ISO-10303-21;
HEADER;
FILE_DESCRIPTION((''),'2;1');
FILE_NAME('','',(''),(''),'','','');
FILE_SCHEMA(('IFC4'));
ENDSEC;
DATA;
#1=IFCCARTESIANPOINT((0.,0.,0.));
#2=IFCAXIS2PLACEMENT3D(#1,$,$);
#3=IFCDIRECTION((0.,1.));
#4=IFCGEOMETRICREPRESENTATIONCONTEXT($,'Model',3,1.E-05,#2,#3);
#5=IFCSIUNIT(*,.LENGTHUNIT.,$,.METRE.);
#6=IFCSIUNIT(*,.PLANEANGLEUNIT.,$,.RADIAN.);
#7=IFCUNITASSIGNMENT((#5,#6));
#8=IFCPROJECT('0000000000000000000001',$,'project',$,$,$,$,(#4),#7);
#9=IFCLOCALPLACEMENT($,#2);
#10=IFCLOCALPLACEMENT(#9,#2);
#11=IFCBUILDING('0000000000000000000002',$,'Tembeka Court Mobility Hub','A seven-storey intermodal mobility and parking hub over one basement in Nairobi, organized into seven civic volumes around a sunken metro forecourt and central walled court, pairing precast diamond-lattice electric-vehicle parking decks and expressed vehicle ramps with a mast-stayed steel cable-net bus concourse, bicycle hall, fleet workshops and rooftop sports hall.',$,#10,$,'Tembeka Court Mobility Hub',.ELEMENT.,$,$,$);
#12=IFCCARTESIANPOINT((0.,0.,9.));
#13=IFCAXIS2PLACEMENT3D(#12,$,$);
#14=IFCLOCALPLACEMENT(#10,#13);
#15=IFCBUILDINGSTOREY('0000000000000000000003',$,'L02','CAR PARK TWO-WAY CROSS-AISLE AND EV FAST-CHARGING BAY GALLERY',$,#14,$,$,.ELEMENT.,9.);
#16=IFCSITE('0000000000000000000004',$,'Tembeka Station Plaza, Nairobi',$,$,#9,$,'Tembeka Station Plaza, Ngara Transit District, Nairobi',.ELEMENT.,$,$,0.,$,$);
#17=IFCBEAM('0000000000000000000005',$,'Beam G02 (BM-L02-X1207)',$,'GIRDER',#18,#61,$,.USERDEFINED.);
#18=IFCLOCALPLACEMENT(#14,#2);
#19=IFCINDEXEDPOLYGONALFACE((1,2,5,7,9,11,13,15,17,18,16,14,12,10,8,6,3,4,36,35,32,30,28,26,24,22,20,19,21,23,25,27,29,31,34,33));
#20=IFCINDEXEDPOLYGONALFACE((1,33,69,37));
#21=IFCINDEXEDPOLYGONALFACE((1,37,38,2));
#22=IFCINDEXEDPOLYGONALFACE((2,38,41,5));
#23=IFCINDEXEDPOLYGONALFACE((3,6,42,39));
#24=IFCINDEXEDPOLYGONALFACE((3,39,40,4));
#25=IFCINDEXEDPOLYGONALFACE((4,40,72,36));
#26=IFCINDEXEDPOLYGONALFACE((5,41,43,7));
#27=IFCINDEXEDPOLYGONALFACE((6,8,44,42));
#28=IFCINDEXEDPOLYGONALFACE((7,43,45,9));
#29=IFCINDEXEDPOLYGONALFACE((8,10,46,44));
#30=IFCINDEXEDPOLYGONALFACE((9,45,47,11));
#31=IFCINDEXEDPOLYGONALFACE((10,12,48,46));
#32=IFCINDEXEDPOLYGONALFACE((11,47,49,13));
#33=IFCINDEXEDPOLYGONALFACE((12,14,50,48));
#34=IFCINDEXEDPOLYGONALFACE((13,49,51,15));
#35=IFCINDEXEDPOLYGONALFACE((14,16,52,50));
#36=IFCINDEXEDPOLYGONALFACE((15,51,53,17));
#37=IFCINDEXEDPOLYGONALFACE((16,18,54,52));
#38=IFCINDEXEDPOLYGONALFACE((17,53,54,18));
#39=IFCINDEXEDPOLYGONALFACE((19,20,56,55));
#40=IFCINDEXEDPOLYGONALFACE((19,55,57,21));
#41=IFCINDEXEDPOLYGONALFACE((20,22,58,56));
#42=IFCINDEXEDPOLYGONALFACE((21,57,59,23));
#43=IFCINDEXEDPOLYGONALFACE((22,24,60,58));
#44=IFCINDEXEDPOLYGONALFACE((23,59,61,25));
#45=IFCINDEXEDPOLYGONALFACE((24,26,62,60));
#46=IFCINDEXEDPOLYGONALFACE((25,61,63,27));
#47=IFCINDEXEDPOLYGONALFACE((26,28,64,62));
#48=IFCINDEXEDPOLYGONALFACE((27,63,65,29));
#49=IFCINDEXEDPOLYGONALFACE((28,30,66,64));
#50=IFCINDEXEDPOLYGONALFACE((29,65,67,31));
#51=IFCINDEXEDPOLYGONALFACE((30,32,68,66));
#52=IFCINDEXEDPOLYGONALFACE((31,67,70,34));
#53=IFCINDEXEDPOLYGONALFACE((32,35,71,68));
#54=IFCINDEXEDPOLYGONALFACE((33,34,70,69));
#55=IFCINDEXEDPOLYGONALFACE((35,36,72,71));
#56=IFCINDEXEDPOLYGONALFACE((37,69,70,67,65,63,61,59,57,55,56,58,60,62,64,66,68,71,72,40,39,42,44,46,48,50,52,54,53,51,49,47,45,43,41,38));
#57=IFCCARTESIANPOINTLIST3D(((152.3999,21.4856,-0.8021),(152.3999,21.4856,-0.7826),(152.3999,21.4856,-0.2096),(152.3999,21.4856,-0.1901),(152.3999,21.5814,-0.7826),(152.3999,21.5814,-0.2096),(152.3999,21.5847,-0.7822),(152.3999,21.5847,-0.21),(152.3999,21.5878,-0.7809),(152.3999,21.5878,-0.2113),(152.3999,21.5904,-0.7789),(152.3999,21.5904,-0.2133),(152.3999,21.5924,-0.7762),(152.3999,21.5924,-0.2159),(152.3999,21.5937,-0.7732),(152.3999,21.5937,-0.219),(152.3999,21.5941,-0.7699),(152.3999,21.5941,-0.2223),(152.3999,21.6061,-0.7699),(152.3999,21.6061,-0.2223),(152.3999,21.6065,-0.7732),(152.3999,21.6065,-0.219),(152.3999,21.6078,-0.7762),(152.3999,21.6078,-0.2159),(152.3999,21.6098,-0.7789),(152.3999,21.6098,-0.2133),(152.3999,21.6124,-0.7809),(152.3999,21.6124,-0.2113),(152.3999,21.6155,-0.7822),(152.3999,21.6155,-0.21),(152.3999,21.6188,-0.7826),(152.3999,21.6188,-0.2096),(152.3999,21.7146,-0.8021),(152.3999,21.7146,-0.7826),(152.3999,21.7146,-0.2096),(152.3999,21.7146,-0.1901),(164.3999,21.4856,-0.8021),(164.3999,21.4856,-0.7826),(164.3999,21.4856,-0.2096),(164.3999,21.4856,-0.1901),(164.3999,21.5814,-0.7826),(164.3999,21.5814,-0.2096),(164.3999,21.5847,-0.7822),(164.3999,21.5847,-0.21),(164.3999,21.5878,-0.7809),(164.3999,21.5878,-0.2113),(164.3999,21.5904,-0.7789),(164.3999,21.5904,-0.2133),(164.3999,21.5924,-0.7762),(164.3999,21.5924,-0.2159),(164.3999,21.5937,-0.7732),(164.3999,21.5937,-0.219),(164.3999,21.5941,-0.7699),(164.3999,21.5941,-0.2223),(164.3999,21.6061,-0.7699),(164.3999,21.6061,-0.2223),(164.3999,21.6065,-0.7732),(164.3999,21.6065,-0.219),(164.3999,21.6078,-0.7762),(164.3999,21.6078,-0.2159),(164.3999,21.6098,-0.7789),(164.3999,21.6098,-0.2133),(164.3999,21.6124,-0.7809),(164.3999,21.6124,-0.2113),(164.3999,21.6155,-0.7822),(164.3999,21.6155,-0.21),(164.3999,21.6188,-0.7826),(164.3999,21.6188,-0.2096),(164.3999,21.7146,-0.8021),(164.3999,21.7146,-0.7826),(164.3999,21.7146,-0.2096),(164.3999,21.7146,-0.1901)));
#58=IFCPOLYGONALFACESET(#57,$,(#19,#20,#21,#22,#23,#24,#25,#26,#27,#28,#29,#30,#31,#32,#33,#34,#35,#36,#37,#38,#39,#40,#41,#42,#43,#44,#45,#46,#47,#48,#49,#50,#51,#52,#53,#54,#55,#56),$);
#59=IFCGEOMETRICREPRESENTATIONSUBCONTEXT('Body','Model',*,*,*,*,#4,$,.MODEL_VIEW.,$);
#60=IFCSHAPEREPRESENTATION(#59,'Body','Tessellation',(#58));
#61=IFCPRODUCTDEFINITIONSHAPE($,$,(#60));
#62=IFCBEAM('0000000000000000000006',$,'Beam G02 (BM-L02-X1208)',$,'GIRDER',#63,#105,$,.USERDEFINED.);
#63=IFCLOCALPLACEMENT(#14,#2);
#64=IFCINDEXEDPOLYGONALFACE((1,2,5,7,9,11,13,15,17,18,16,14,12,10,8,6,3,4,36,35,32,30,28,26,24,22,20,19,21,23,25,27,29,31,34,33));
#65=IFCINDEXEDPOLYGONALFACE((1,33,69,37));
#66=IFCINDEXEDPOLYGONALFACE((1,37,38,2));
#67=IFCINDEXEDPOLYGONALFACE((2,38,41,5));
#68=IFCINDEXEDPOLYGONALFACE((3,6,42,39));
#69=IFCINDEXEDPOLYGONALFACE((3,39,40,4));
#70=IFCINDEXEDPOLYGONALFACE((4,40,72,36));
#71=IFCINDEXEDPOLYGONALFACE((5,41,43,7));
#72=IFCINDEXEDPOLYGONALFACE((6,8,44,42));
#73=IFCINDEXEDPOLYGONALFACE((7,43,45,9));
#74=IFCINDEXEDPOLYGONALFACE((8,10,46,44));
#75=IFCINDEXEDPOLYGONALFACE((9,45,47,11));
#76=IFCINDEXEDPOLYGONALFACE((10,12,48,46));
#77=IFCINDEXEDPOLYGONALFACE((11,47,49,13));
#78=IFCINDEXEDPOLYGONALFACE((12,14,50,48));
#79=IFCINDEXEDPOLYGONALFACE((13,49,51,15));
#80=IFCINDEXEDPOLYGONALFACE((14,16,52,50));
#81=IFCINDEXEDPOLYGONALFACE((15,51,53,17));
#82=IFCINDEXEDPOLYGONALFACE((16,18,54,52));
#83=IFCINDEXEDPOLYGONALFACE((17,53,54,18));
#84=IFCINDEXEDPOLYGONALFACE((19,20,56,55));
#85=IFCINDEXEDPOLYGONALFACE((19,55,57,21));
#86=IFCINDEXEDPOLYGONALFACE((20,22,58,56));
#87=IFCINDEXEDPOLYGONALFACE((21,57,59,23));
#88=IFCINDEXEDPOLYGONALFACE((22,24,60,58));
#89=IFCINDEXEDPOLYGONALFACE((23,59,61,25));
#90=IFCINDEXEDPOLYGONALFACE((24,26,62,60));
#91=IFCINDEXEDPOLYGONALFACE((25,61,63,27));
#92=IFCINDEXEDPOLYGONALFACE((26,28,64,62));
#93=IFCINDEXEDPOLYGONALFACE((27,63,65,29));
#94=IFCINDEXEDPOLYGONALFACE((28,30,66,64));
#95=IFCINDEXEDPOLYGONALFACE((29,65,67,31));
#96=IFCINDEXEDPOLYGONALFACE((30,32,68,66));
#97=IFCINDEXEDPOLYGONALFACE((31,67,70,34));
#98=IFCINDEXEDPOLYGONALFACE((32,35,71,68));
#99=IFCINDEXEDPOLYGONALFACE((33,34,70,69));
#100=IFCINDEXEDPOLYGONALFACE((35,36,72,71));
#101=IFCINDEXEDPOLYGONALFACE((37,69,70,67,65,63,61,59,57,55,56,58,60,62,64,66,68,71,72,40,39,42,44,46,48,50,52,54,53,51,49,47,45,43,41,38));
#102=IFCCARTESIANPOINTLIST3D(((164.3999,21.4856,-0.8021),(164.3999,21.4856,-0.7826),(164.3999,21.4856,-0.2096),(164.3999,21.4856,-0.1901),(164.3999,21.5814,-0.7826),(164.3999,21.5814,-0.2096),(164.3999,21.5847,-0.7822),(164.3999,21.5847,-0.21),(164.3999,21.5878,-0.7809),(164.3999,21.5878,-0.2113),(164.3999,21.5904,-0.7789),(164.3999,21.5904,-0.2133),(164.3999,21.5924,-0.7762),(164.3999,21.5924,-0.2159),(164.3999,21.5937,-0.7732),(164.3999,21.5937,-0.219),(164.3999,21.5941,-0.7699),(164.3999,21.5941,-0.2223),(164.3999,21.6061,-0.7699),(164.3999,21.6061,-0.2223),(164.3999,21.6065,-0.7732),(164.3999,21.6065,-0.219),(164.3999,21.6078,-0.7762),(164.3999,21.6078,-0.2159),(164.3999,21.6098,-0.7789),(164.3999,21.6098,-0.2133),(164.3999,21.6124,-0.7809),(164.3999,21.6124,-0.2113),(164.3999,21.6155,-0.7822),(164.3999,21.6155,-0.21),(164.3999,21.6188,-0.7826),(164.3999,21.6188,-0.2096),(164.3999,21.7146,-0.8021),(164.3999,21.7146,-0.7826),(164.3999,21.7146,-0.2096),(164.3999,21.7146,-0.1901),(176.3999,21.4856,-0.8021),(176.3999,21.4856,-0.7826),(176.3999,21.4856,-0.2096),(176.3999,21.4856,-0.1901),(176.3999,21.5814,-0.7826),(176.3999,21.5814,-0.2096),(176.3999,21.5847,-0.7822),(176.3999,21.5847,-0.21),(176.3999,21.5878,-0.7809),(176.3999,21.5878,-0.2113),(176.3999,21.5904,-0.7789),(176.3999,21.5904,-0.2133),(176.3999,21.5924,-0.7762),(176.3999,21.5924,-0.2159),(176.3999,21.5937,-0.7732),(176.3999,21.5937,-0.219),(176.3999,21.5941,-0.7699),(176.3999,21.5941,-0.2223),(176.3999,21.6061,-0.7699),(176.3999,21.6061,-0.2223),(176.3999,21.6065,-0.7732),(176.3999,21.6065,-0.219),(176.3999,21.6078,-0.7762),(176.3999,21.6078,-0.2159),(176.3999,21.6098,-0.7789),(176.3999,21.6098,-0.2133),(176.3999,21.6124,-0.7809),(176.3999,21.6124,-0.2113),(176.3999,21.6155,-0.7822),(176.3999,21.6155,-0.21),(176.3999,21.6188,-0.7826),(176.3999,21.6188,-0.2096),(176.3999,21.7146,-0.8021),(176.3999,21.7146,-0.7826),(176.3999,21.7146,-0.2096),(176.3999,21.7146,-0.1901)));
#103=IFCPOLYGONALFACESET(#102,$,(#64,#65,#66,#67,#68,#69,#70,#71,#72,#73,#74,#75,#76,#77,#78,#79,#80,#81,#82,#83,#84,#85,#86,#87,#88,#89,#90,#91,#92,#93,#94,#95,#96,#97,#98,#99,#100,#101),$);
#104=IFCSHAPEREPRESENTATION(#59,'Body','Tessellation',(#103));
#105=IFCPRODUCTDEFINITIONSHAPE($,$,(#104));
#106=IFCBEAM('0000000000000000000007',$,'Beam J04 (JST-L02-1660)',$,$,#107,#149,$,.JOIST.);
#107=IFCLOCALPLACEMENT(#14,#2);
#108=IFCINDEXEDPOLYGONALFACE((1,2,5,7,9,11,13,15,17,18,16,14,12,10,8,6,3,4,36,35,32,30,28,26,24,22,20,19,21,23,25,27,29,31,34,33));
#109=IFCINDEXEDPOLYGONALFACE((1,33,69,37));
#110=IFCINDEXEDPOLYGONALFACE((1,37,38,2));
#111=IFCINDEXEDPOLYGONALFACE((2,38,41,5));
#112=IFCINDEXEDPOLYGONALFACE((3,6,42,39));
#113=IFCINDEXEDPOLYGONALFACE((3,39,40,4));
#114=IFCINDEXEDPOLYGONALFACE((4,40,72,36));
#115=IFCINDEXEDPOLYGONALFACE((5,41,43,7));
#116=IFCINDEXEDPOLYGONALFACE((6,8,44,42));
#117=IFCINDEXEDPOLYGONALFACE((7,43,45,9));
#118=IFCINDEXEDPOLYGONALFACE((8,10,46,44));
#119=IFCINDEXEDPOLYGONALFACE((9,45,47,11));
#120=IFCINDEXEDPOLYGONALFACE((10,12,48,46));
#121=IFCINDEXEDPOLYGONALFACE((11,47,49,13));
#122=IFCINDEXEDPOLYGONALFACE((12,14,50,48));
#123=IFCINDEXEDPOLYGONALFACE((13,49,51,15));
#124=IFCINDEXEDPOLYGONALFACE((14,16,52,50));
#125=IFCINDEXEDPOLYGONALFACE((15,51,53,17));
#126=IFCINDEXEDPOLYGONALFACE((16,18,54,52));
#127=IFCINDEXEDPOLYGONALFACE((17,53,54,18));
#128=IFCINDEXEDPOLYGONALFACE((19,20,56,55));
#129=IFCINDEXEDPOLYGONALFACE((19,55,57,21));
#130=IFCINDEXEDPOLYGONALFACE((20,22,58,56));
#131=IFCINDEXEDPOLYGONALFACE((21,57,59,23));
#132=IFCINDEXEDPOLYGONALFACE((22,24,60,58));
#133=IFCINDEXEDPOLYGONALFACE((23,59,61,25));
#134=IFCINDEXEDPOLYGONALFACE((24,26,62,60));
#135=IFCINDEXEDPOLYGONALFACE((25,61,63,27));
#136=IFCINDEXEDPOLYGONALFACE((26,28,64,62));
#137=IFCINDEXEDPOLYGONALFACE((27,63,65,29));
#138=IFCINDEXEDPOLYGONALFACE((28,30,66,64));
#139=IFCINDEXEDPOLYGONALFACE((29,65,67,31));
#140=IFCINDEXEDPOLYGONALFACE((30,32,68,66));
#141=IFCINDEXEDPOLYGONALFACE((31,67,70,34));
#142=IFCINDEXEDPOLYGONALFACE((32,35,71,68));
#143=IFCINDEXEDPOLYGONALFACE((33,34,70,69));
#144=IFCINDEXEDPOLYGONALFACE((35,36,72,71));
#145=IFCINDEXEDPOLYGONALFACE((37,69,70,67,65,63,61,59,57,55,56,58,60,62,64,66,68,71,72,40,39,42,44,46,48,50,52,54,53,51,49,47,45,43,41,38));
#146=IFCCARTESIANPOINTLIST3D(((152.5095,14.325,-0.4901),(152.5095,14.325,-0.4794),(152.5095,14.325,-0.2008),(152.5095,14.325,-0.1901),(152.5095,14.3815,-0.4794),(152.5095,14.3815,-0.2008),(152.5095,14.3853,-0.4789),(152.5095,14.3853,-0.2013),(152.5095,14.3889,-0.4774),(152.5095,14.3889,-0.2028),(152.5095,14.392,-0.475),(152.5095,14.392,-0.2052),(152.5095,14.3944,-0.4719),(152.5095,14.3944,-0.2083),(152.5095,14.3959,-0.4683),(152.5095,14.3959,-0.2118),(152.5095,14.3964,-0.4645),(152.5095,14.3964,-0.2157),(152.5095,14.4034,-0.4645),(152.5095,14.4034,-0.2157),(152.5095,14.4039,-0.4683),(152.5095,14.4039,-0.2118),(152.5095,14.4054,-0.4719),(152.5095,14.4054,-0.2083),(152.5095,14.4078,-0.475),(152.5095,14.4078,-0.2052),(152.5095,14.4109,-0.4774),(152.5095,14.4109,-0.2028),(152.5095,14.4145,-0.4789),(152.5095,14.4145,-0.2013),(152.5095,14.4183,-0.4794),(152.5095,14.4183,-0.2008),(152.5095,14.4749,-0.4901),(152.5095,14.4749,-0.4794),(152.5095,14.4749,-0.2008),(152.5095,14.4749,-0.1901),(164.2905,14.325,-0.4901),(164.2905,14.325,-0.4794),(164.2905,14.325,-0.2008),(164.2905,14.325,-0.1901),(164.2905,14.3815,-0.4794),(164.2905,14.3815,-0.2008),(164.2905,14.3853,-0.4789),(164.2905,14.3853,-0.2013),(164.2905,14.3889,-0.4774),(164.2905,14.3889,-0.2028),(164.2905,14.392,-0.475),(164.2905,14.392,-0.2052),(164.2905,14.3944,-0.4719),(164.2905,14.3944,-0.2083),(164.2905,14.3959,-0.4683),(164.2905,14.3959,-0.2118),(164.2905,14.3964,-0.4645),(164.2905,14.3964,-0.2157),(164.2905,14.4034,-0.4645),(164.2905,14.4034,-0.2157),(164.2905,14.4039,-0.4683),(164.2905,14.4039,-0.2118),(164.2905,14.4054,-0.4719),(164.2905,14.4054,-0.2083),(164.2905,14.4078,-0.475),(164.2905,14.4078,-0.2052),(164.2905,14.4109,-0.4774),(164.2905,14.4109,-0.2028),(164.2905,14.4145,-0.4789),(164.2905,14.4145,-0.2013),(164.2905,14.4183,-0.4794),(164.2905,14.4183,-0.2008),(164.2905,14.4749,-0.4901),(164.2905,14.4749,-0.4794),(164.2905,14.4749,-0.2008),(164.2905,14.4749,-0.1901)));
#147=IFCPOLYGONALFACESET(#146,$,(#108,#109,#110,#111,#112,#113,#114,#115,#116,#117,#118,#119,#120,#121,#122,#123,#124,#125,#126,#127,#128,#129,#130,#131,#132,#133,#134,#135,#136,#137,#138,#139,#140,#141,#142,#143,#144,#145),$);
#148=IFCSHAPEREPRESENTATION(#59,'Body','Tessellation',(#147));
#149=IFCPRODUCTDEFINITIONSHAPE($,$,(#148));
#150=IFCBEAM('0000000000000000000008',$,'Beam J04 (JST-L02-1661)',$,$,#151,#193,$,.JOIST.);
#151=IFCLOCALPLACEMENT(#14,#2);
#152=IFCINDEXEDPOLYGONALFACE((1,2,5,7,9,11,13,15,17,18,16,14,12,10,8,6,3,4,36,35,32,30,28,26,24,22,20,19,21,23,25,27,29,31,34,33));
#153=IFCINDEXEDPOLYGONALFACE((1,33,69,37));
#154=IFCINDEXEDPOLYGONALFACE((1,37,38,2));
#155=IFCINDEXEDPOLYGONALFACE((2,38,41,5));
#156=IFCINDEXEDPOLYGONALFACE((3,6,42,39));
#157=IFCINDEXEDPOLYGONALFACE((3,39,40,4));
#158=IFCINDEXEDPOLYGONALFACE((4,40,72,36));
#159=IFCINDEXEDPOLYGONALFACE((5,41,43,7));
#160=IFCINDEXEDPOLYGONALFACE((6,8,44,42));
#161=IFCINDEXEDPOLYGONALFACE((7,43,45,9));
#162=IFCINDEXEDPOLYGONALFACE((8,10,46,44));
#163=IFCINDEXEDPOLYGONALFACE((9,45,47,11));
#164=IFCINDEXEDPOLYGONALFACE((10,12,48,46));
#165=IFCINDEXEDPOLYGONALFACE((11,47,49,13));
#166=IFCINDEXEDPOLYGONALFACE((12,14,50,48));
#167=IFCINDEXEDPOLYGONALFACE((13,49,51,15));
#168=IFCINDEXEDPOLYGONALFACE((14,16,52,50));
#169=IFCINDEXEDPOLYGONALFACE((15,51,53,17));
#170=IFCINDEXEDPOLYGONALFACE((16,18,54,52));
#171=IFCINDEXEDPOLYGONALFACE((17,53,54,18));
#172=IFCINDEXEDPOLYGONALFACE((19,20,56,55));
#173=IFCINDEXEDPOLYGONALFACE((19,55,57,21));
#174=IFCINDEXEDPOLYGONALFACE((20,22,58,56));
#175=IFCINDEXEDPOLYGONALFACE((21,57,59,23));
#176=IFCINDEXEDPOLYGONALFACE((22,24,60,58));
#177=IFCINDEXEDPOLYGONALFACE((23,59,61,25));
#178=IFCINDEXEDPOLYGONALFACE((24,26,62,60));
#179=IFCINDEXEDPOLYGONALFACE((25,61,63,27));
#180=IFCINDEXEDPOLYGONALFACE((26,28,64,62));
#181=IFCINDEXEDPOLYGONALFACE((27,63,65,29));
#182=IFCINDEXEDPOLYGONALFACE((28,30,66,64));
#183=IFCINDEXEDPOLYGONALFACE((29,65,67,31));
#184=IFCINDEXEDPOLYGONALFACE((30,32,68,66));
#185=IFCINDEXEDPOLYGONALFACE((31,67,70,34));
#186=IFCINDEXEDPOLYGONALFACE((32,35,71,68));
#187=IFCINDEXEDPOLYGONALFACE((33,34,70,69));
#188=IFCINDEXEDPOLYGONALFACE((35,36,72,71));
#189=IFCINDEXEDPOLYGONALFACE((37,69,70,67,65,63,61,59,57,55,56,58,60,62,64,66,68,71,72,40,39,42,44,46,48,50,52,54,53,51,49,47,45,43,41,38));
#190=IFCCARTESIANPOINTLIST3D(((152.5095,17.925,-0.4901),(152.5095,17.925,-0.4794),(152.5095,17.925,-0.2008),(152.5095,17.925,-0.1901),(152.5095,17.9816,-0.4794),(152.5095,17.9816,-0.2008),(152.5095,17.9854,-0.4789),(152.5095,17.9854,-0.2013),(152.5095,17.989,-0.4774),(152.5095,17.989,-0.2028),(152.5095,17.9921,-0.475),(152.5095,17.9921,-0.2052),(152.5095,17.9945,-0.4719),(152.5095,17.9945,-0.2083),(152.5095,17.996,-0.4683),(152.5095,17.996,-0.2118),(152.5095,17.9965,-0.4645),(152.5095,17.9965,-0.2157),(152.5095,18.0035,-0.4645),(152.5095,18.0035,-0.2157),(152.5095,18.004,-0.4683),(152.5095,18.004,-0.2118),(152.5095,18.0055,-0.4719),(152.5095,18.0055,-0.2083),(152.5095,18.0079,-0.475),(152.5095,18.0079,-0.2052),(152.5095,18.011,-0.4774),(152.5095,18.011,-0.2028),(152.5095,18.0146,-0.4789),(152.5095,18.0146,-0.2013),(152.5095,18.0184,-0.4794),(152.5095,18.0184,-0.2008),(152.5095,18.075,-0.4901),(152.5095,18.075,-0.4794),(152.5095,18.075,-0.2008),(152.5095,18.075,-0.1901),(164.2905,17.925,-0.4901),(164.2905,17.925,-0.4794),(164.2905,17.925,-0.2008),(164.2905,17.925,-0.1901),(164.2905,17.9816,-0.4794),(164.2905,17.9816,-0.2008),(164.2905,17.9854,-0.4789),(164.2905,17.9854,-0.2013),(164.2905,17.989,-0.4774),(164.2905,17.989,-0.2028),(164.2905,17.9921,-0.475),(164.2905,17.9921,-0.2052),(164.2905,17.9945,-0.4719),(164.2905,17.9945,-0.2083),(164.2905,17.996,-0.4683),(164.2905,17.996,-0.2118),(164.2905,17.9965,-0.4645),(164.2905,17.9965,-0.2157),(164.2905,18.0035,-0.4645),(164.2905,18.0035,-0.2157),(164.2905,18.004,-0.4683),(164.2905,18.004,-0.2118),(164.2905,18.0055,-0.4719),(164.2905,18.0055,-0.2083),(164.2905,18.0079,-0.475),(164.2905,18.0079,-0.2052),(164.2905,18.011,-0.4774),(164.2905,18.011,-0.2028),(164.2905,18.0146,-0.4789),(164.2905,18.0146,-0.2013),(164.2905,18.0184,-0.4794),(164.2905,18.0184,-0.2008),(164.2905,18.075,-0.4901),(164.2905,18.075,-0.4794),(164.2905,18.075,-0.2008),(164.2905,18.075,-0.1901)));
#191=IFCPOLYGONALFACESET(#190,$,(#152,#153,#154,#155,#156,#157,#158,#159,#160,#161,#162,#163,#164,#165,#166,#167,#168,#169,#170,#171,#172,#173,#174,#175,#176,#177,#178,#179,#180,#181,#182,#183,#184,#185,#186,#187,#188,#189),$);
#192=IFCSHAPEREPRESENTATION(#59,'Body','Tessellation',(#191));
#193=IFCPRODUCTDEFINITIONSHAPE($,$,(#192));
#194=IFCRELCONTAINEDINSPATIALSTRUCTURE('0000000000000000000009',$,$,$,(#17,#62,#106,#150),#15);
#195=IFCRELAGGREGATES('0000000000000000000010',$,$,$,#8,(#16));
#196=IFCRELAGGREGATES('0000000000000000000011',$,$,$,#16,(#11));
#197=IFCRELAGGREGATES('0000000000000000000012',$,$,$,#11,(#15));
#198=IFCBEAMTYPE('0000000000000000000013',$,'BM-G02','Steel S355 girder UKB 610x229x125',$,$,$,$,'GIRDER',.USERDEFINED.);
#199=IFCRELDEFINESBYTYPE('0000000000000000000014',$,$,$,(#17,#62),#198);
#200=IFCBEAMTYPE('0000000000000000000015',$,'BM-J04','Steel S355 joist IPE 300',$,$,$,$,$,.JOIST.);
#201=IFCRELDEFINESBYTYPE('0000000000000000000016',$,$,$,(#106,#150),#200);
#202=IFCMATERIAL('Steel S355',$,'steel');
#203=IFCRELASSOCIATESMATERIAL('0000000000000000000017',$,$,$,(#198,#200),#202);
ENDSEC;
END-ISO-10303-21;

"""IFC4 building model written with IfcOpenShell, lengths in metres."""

from ifc_helpers import new_model, si_unit, direction, frame, origin, origin_2d, place, context, subcontext, project, spatial, i_section, extrude, material, material_profile, profile_set, type_object, element, save


model = new_model("IFC4")

# Units and contexts
model_context = context("Model", 3, precision=1e-05, world=origin(), true_north=direction((0.0, 1.0)))
body_context = subcontext(model_context, "Body", "Model", "MODEL_VIEW")
ifc_project = project(units=[si_unit("LENGTHUNIT", "METRE"), si_unit("PLANEANGLEUNIT", "RADIAN")], contexts=[model_context])

# Site, building, storey
site_placement = place(None, origin())
site = spatial("IfcSite", under=ifc_project, at=site_placement, Name="Tembeka Station Plaza, Nairobi", LongName="Tembeka Station Plaza, Ngara Transit District, Nairobi", CompositionType="ELEMENT", RefElevation=0.0)
building_placement = place(site_placement, origin())
building = spatial("IfcBuilding", under=site, at=building_placement, Name="Tembeka Court Mobility Hub", Description="A seven-storey intermodal mobility and parking hub over one basement in Nairobi, organized into seven civic volumes around a sunken metro forecourt and central walled court, pairing precast diamond-lattice electric-vehicle parking decks and expressed vehicle ramps with a mast-stayed steel cable-net bus concourse, bicycle hall, fleet workshops and rooftop sports hall.", LongName="Tembeka Court Mobility Hub", CompositionType="ELEMENT")
storey_placement = place(building_placement, frame((0.0, 0.0, 9.0)))
storey = spatial("IfcBuildingStorey", under=building, at=storey_placement, Name="L02", Description="CAR PARK TWO-WAY CROSS-AISLE AND EV FAST-CHARGING BAY GALLERY", CompositionType="ELEMENT", Elevation=9.0)

# Shared definitions
ifc_material_1 = material(Name="Steel S355", Category="steel")

# Beams
ifc_material_profile_1 = material_profile(ifc_material_1, i_section(OverallWidth=0.229, OverallDepth=0.6121, WebThickness=0.012, FlangeThickness=0.0195, FilletRadius=0.0127, at=origin_2d()), Name="UKB 610x229x125")
ifc_profile_set_1 = profile_set([ifc_material_profile_1], Name="Steel S355")
beam_type_1 = type_object("IfcBeamType", Name="BM-G02", Description="Steel S355 girder UKB 610x229x125", ElementType="GIRDER", PredefinedType="USERDEFINED", material=ifc_profile_set_1)
for number, where, z_axis, x_axis, name in (
    (1, (152.3999, 21.6001, -0.4961), (1.0, 0.0, 0.0), (0.0, 1.0, 0.0), "Beam G02 (BM-L02-X1207)"),
    (2, (164.3999, 21.6001, -0.4961), (1.0, 0.0, 0.0), (0.0, 1.0, 0.0), "Beam G02 (BM-L02-X1208)"),
):
    element("IfcBeam", number, at=place(storey_placement, frame(where, z_axis=z_axis, x_axis=x_axis)), inside=storey, type_object=beam_type_1, Name=name, ObjectType="GIRDER", PredefinedType="USERDEFINED", context=body_context, shape_type="SweptSolid", body=[
        extrude(i_section(OverallWidth=0.229, OverallDepth=0.6121, WebThickness=0.012, FlangeThickness=0.0195, FilletRadius=0.0127, at=origin_2d()), origin(), (0.0, 0.0, 1.0), 12.0),
    ])
ifc_material_profile_2 = material_profile(ifc_material_1, i_section(OverallWidth=0.1499, OverallDepth=0.3, WebThickness=0.0071, FlangeThickness=0.0107, FilletRadius=0.0149, at=origin_2d()), Name="IPE 300")
ifc_profile_set_2 = profile_set([ifc_material_profile_2], Name="Steel S355")
beam_type_2 = type_object("IfcBeamType", Name="BM-J04", Description="Steel S355 joist IPE 300", PredefinedType="JOIST", material=ifc_profile_set_2)
for number, where, z_axis, x_axis, name in (
    (3, (152.5095, 14.3999, -0.3401), (1.0, 0.0, 0.0), (0.0, 1.0, 0.0), "Beam J04 (JST-L02-1660)"),
    (4, (152.5095, 18.0, -0.3401), (1.0, 0.0, 0.0), (0.0, 1.0, 0.0), "Beam J04 (JST-L02-1661)"),
):
    element("IfcBeam", number, at=place(storey_placement, frame(where, z_axis=z_axis, x_axis=x_axis)), inside=storey, type_object=beam_type_2, Name=name, PredefinedType="JOIST", context=body_context, shape_type="SweptSolid", body=[
        extrude(i_section(OverallWidth=0.1499, OverallDepth=0.3, WebThickness=0.0071, FlangeThickness=0.0107, FilletRadius=0.0149, at=origin_2d()), origin(), (0.0, 0.0, 1.0), 11.781),
    ])

save(model, "model.ifc")
